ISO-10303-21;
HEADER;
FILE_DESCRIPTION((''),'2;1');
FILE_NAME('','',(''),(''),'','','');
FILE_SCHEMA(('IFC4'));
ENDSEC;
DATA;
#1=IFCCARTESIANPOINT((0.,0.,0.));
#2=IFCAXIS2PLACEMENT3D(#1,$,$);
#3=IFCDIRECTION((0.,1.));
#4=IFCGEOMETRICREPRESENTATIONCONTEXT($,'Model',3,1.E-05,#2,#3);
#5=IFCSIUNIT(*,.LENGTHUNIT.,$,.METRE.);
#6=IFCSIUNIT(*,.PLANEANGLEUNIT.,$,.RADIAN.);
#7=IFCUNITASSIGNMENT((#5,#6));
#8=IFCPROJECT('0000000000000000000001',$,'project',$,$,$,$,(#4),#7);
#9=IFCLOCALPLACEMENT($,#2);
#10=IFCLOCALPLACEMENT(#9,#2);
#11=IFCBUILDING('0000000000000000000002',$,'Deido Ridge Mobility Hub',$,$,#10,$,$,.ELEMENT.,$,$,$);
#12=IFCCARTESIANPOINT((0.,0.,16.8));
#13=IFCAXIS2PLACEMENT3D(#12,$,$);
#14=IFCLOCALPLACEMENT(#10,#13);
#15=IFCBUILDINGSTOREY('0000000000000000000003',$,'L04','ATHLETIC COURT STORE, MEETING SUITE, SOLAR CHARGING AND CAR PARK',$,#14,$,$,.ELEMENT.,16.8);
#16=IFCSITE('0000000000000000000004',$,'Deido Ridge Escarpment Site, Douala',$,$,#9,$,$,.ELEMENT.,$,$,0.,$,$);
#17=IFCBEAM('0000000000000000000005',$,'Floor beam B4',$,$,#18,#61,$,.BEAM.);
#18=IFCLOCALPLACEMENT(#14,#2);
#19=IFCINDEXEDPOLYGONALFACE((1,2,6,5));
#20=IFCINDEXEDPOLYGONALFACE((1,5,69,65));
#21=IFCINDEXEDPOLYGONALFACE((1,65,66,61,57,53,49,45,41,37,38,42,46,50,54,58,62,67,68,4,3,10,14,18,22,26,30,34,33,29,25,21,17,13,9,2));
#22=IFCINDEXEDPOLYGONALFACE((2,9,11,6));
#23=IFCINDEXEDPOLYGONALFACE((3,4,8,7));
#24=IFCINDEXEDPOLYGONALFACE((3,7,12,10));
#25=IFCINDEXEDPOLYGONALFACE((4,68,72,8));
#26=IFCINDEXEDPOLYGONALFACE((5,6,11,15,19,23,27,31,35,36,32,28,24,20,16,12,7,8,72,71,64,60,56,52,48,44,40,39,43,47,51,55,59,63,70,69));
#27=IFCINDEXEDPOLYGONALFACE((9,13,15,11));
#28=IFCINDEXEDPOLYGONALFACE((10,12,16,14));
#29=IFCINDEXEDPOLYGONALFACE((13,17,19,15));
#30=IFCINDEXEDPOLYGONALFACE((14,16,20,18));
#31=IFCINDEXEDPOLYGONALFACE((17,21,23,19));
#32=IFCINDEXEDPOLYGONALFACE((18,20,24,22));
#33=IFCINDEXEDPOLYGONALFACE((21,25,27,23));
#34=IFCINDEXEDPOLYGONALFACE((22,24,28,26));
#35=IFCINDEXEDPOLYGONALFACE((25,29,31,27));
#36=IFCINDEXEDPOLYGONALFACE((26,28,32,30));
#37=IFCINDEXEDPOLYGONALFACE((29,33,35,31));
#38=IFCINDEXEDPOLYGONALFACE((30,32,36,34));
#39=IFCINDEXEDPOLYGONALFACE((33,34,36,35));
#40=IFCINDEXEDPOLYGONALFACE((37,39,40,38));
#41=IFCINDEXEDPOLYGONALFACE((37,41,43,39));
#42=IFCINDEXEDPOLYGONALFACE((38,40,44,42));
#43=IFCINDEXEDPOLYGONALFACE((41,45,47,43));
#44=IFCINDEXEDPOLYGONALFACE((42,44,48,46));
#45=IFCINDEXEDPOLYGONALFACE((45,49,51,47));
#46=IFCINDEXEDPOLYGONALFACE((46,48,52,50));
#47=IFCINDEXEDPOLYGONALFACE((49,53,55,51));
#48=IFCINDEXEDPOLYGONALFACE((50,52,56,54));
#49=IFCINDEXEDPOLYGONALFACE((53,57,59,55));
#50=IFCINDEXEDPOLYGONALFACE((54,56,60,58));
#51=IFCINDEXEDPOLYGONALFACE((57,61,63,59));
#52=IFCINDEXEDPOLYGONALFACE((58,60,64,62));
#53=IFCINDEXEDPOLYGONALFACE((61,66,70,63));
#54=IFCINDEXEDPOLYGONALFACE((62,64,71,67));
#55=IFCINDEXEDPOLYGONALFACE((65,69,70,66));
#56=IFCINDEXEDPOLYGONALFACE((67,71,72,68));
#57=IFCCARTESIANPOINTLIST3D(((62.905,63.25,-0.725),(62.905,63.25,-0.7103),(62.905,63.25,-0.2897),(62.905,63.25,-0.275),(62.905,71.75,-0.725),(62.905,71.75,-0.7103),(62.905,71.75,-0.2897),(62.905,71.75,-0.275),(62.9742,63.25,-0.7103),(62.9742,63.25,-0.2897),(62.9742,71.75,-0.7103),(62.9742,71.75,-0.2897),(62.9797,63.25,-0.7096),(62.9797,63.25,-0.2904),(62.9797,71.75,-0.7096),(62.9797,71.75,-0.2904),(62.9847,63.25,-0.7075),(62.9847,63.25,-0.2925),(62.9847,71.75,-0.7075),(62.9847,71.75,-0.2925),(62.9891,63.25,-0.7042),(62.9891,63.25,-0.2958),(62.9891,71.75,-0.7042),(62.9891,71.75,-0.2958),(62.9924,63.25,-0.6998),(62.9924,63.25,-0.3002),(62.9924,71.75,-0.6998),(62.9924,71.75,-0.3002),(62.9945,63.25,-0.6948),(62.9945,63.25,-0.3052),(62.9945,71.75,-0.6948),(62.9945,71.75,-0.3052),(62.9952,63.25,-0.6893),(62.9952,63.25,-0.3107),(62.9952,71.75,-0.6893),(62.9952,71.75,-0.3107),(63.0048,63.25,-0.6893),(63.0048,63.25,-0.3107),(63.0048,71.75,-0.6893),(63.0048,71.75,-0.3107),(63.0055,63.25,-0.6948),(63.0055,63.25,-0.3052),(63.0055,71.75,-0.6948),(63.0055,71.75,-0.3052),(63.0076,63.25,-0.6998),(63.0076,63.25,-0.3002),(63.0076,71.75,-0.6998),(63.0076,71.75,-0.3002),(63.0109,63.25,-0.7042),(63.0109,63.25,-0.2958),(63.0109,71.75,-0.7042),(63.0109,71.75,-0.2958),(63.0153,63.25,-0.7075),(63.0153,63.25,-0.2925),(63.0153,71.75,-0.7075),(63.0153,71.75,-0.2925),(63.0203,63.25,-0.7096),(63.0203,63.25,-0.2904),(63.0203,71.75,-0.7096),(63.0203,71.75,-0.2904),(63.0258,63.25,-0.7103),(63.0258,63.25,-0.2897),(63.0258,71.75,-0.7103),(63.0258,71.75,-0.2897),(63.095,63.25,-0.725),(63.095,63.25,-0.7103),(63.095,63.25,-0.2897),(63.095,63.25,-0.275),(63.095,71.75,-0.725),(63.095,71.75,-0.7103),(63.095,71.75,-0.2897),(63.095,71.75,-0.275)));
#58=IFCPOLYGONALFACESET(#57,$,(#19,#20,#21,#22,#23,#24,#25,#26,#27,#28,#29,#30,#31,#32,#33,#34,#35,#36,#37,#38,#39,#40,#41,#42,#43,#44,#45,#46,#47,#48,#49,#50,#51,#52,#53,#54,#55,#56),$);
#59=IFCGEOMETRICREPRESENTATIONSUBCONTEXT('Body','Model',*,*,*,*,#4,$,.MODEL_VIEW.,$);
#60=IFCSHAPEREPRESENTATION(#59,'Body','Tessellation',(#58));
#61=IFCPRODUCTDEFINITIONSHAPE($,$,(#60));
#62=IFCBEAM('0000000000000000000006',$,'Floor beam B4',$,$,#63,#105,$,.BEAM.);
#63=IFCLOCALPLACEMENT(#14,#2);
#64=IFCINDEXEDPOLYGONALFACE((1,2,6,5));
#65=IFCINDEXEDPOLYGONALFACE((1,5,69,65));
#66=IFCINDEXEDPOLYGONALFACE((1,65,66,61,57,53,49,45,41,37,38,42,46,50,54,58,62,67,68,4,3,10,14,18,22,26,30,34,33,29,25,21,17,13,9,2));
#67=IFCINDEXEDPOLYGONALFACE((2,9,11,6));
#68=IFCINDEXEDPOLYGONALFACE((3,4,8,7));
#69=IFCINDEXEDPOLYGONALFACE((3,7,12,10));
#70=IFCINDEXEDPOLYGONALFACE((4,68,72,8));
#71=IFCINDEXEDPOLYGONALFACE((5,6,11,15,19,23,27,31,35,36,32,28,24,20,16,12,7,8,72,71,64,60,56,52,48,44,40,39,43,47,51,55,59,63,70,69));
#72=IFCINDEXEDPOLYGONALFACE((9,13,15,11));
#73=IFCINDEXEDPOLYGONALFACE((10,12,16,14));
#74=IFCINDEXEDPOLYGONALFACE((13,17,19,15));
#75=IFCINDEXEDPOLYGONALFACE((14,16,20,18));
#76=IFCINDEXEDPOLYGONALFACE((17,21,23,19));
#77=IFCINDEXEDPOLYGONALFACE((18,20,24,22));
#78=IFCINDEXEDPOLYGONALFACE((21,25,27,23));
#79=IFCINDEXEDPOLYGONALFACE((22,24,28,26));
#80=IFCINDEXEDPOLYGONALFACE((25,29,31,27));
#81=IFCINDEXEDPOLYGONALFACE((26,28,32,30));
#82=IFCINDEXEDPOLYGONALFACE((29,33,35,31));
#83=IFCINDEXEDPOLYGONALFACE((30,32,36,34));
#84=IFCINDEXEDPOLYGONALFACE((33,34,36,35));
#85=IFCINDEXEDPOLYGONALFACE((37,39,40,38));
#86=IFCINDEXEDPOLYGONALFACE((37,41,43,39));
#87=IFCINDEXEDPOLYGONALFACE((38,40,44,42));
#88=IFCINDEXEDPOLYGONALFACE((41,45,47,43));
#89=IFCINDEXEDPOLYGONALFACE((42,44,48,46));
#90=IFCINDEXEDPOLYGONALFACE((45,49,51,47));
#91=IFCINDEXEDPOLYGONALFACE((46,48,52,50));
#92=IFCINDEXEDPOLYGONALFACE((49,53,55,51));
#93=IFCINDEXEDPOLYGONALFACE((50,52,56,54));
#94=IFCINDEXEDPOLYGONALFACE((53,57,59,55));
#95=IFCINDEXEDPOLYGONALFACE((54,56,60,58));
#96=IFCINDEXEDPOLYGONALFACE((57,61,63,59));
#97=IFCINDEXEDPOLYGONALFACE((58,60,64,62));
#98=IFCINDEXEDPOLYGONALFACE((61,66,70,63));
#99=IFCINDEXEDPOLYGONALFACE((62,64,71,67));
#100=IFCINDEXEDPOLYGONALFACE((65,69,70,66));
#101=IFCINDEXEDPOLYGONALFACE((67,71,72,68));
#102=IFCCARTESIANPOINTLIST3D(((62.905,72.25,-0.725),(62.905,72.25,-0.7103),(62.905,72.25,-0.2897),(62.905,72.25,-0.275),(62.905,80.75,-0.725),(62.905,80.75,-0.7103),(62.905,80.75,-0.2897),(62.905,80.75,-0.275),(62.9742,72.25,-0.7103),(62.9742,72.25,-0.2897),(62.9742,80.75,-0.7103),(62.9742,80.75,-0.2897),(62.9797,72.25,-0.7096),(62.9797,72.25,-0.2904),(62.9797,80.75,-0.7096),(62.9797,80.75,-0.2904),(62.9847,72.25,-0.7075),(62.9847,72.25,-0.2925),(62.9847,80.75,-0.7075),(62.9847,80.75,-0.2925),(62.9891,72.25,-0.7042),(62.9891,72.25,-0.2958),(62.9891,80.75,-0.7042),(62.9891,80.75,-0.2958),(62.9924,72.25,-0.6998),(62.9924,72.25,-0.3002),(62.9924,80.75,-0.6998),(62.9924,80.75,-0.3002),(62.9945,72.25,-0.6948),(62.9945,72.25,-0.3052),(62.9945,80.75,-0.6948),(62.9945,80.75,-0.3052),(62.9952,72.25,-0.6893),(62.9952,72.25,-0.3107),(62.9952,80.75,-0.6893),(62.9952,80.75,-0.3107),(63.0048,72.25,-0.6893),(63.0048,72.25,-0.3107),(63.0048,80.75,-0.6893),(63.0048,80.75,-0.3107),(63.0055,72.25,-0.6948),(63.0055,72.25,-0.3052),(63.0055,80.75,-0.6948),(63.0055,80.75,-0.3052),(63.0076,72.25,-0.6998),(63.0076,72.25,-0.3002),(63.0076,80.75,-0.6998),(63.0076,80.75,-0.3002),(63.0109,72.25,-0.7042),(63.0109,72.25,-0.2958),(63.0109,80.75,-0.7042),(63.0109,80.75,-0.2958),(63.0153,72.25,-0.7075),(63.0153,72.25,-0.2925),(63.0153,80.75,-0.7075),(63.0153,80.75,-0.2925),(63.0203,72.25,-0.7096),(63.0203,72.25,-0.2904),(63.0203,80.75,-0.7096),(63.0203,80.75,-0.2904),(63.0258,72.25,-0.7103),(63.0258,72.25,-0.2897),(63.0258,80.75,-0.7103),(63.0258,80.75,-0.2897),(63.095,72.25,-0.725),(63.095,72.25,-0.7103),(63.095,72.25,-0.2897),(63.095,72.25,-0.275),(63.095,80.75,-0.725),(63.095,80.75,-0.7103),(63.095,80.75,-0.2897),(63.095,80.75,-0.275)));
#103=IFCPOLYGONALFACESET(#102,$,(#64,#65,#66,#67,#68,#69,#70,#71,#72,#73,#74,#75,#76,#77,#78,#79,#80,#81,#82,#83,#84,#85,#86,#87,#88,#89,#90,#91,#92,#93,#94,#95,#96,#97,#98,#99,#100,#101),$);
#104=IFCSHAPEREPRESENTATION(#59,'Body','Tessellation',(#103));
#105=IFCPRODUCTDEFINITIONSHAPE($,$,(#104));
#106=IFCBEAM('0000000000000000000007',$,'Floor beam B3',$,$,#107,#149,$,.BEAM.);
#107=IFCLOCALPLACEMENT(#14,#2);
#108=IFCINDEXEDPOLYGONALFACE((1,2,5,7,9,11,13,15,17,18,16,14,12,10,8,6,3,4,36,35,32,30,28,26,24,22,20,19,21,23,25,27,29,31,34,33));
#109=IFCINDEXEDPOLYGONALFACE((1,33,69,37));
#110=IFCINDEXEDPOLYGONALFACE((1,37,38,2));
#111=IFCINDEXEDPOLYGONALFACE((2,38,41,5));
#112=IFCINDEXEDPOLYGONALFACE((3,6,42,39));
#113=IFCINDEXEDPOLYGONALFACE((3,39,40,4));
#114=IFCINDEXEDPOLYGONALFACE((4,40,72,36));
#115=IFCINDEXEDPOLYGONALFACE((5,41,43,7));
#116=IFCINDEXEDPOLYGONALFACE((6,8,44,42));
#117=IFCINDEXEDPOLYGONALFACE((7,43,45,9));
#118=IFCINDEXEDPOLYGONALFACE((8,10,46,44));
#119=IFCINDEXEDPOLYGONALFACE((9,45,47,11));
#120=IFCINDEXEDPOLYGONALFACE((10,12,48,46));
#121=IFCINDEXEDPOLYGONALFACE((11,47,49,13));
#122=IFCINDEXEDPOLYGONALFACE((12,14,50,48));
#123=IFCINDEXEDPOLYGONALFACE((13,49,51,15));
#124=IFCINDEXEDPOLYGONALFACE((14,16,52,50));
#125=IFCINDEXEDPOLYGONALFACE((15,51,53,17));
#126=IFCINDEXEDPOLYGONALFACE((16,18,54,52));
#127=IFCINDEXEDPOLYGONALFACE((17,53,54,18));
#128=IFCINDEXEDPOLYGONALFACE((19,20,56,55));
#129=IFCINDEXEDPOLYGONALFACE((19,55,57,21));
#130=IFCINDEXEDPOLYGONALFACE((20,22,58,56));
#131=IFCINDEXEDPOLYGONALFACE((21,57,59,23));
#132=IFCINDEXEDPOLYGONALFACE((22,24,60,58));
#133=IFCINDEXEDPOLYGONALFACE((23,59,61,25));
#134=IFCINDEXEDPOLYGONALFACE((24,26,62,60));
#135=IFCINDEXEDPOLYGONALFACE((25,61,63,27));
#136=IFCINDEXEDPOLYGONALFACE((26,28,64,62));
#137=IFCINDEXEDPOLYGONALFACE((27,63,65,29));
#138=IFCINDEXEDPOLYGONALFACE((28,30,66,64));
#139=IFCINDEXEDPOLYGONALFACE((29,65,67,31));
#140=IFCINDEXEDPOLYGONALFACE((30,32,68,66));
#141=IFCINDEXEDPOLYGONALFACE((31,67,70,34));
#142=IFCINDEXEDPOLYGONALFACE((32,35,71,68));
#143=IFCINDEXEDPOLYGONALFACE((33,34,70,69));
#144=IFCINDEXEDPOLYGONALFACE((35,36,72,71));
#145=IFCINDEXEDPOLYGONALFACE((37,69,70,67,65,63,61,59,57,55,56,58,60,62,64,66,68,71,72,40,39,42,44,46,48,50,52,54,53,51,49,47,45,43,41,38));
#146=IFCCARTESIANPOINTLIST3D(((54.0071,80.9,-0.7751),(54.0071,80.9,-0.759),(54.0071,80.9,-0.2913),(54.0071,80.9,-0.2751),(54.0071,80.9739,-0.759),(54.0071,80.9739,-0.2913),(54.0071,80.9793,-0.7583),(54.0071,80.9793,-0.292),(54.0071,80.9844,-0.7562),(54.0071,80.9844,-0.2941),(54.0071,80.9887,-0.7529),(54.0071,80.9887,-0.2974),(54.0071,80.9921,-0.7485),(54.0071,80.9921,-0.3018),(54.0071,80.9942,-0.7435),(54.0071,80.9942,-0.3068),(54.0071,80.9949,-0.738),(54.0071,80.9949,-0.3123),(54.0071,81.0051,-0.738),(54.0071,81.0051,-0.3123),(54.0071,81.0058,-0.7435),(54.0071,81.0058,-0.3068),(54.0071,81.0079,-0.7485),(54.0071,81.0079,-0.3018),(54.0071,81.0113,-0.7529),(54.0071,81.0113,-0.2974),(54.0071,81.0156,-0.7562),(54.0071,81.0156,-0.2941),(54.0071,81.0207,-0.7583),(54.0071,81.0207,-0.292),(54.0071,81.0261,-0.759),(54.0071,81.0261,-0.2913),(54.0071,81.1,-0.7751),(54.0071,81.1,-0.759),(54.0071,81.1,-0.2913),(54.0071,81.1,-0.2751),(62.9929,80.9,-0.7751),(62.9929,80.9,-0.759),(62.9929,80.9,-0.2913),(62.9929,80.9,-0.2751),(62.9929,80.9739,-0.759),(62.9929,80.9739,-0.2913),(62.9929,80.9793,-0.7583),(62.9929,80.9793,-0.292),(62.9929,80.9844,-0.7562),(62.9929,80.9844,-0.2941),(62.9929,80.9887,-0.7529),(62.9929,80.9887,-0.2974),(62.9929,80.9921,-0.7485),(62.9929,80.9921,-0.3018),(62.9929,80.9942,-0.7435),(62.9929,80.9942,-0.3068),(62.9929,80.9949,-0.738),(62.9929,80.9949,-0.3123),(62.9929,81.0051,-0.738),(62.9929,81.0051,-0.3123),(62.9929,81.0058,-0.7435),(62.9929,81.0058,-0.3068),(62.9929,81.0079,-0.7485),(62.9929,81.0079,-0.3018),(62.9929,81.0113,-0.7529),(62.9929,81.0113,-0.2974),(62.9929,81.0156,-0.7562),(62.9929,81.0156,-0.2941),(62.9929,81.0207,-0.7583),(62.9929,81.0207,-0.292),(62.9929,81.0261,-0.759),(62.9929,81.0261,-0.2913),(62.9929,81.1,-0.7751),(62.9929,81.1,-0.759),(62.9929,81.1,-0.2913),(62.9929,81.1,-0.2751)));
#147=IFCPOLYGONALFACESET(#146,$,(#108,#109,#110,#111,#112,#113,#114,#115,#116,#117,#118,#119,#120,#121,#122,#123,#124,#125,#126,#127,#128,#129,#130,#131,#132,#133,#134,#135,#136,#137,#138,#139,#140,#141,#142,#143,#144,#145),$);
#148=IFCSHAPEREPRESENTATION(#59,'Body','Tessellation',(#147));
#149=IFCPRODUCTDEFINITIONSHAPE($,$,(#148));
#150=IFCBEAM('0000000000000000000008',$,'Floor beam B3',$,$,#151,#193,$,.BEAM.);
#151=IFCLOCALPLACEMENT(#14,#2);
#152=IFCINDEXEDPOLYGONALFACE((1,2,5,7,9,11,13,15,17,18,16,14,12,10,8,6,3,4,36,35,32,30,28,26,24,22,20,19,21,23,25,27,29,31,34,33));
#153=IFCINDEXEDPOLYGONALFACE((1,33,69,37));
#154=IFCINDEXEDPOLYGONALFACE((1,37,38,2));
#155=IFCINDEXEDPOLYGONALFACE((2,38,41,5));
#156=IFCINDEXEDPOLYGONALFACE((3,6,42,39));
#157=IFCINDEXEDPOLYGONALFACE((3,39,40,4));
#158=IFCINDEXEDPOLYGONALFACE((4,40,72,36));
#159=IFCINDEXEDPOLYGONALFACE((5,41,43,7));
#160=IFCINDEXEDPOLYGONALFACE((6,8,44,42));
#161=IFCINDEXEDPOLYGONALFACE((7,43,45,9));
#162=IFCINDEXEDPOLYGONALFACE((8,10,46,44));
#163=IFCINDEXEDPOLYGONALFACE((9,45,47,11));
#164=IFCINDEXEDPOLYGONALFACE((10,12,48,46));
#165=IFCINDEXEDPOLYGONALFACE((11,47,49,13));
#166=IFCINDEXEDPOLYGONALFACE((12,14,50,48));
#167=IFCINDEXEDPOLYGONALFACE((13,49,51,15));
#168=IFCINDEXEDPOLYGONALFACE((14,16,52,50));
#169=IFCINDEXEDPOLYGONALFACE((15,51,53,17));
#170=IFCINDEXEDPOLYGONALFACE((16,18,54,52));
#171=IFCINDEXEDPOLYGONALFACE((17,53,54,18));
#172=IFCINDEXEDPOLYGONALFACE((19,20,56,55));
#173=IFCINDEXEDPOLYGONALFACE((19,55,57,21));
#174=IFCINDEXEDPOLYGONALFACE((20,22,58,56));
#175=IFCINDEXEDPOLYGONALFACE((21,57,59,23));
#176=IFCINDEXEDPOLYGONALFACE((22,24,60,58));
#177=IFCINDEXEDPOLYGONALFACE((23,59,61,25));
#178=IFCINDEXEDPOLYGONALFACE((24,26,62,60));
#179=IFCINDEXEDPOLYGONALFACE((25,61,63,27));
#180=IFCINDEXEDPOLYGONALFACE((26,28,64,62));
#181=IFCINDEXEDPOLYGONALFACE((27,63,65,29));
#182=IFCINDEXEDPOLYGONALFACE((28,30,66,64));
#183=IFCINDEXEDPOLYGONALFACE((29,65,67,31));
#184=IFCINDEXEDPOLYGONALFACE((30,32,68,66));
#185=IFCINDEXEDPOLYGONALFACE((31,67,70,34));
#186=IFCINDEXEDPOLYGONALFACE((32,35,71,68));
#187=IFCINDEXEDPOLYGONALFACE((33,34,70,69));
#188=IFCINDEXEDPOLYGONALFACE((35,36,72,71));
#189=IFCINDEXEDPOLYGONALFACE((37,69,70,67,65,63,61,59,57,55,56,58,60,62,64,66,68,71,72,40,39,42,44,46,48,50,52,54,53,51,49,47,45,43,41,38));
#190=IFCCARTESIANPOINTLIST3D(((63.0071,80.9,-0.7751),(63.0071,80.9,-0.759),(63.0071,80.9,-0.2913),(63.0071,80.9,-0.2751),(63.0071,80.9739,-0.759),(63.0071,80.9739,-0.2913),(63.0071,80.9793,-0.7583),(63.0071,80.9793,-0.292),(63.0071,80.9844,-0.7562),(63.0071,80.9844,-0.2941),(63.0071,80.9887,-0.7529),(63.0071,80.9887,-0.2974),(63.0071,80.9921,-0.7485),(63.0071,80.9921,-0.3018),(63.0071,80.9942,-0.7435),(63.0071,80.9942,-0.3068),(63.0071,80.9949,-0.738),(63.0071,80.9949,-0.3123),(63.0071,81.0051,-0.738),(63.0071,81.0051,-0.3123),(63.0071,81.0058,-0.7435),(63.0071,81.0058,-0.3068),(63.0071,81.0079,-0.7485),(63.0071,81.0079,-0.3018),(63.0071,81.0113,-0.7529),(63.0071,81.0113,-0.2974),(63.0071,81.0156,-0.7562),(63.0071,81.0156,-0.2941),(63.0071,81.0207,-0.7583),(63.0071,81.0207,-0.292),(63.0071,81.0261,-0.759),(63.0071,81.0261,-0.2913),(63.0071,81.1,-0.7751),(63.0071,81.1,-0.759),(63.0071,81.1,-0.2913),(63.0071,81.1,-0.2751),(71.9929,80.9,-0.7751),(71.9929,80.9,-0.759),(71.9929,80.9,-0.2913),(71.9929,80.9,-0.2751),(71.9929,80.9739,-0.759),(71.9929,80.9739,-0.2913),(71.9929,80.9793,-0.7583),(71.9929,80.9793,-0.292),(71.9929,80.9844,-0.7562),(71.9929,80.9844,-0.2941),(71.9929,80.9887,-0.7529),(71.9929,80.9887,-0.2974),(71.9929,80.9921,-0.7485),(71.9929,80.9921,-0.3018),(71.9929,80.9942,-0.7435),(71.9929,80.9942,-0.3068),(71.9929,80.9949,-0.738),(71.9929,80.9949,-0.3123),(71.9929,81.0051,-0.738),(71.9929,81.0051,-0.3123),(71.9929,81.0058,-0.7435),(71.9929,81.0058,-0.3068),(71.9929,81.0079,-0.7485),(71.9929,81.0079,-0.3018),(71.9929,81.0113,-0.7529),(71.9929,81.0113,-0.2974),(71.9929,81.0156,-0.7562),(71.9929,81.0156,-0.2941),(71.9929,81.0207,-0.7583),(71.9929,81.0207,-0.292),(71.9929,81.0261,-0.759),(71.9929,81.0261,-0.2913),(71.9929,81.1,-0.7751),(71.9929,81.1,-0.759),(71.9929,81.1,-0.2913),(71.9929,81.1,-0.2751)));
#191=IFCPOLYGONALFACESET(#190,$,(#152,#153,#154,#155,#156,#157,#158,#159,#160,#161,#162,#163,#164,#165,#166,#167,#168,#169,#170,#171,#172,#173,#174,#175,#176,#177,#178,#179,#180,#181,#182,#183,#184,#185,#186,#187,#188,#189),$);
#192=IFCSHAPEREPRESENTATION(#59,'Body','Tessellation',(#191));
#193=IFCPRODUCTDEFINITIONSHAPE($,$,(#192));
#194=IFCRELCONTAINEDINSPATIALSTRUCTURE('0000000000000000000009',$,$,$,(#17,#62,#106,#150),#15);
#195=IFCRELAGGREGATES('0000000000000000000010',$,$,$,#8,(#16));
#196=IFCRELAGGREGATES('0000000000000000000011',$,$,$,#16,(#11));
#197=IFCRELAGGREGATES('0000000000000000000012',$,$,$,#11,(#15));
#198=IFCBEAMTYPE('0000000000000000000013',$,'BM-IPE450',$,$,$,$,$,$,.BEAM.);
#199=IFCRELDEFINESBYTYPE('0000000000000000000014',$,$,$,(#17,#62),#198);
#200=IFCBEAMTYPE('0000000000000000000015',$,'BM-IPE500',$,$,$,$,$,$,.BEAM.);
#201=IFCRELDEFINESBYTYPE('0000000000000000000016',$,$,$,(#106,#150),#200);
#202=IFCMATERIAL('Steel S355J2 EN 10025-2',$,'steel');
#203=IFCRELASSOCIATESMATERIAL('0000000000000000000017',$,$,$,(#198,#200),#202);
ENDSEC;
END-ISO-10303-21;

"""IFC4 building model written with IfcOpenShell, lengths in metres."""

from ifc_helpers import new_model, si_unit, direction, frame, origin, origin_2d, place, context, subcontext, project, spatial, i_section, extrude, material, material_profile, profile_set, type_object, element, save


model = new_model("IFC4")

# Units and contexts
model_context = context("Model", 3, precision=1e-05, world=origin(), true_north=direction((0.0, 1.0)))
body_context = subcontext(model_context, "Body", "Model", "MODEL_VIEW")
ifc_project = project(units=[si_unit("LENGTHUNIT", "METRE"), si_unit("PLANEANGLEUNIT", "RADIAN")], contexts=[model_context])

# Site, building, storey
site_placement = place(None, origin())
site = spatial("IfcSite", under=ifc_project, at=site_placement, Name="Deido Ridge Escarpment Site, Douala", CompositionType="ELEMENT", RefElevation=0.0)
building_placement = place(site_placement, origin())
building = spatial("IfcBuilding", under=site, at=building_placement, Name="Deido Ridge Mobility Hub", CompositionType="ELEMENT")
storey_placement = place(building_placement, frame((0.0, 0.0, 16.8)))
storey = spatial("IfcBuildingStorey", under=building, at=storey_placement, Name="L04", Description="ATHLETIC COURT STORE, MEETING SUITE, SOLAR CHARGING AND CAR PARK", CompositionType="ELEMENT", Elevation=16.8)

# Shared definitions
ifc_material_1 = material(Name="Steel S355J2 EN 10025-2", Category="steel")

# Beams
ifc_material_profile_1 = material_profile(ifc_material_1, i_section(OverallWidth=0.1899, OverallDepth=0.45, WebThickness=0.0095, FlangeThickness=0.0146, FilletRadius=0.021, at=origin_2d()), Name="IPE 450")
ifc_profile_set_1 = profile_set([ifc_material_profile_1], Name="Steel S355J2 EN 10025-2")
beam_type_1 = type_object("IfcBeamType", Name="BM-IPE450", PredefinedType="BEAM", material=ifc_profile_set_1)
for number, where, z_axis, x_axis, name in (
    (1, (63.0, 63.25, -0.5), (0.0, 1.0, 0.0), (-1.0, 0.0, 0.0), "Floor beam B4"),
    (2, (63.0, 72.25, -0.5), (0.0, 1.0, 0.0), (-1.0, 0.0, 0.0), "Floor beam B4"),
):
    element("IfcBeam", number, at=place(storey_placement, frame(where, z_axis=z_axis, x_axis=x_axis)), inside=storey, type_object=beam_type_1, Name=name, PredefinedType="BEAM", context=body_context, shape_type="SweptSolid", body=[
        extrude(i_section(OverallWidth=0.1899, OverallDepth=0.45, WebThickness=0.0095, FlangeThickness=0.0146, FilletRadius=0.021, at=origin_2d()), origin(), (0.0, 0.0, 1.0), 8.5),
    ])
ifc_material_profile_2 = material_profile(ifc_material_1, i_section(OverallWidth=0.2, OverallDepth=0.5, WebThickness=0.0103, FlangeThickness=0.0161, FilletRadius=0.021, at=origin_2d()), Name="IPE 500")
ifc_profile_set_2 = profile_set([ifc_material_profile_2], Name="Steel S355J2 EN 10025-2")
beam_type_2 = type_object("IfcBeamType", Name="BM-IPE500", PredefinedType="BEAM", material=ifc_profile_set_2)
for number, where, z_axis, x_axis, name in (
    (3, (54.0071, 81.0, -0.5251), (1.0, 0.0, 0.0), (0.0, 1.0, 0.0), "Floor beam B3"),
    (4, (63.0071, 81.0, -0.5251), (1.0, 0.0, 0.0), (0.0, 1.0, 0.0), "Floor beam B3"),
):
    element("IfcBeam", number, at=place(storey_placement, frame(where, z_axis=z_axis, x_axis=x_axis)), inside=storey, type_object=beam_type_2, Name=name, PredefinedType="BEAM", context=body_context, shape_type="SweptSolid", body=[
        extrude(i_section(OverallWidth=0.2, OverallDepth=0.5, WebThickness=0.0103, FlangeThickness=0.0161, FilletRadius=0.021, at=origin_2d()), origin(), (0.0, 0.0, 1.0), 8.9858),
    ])

save(model, "model.ifc")
